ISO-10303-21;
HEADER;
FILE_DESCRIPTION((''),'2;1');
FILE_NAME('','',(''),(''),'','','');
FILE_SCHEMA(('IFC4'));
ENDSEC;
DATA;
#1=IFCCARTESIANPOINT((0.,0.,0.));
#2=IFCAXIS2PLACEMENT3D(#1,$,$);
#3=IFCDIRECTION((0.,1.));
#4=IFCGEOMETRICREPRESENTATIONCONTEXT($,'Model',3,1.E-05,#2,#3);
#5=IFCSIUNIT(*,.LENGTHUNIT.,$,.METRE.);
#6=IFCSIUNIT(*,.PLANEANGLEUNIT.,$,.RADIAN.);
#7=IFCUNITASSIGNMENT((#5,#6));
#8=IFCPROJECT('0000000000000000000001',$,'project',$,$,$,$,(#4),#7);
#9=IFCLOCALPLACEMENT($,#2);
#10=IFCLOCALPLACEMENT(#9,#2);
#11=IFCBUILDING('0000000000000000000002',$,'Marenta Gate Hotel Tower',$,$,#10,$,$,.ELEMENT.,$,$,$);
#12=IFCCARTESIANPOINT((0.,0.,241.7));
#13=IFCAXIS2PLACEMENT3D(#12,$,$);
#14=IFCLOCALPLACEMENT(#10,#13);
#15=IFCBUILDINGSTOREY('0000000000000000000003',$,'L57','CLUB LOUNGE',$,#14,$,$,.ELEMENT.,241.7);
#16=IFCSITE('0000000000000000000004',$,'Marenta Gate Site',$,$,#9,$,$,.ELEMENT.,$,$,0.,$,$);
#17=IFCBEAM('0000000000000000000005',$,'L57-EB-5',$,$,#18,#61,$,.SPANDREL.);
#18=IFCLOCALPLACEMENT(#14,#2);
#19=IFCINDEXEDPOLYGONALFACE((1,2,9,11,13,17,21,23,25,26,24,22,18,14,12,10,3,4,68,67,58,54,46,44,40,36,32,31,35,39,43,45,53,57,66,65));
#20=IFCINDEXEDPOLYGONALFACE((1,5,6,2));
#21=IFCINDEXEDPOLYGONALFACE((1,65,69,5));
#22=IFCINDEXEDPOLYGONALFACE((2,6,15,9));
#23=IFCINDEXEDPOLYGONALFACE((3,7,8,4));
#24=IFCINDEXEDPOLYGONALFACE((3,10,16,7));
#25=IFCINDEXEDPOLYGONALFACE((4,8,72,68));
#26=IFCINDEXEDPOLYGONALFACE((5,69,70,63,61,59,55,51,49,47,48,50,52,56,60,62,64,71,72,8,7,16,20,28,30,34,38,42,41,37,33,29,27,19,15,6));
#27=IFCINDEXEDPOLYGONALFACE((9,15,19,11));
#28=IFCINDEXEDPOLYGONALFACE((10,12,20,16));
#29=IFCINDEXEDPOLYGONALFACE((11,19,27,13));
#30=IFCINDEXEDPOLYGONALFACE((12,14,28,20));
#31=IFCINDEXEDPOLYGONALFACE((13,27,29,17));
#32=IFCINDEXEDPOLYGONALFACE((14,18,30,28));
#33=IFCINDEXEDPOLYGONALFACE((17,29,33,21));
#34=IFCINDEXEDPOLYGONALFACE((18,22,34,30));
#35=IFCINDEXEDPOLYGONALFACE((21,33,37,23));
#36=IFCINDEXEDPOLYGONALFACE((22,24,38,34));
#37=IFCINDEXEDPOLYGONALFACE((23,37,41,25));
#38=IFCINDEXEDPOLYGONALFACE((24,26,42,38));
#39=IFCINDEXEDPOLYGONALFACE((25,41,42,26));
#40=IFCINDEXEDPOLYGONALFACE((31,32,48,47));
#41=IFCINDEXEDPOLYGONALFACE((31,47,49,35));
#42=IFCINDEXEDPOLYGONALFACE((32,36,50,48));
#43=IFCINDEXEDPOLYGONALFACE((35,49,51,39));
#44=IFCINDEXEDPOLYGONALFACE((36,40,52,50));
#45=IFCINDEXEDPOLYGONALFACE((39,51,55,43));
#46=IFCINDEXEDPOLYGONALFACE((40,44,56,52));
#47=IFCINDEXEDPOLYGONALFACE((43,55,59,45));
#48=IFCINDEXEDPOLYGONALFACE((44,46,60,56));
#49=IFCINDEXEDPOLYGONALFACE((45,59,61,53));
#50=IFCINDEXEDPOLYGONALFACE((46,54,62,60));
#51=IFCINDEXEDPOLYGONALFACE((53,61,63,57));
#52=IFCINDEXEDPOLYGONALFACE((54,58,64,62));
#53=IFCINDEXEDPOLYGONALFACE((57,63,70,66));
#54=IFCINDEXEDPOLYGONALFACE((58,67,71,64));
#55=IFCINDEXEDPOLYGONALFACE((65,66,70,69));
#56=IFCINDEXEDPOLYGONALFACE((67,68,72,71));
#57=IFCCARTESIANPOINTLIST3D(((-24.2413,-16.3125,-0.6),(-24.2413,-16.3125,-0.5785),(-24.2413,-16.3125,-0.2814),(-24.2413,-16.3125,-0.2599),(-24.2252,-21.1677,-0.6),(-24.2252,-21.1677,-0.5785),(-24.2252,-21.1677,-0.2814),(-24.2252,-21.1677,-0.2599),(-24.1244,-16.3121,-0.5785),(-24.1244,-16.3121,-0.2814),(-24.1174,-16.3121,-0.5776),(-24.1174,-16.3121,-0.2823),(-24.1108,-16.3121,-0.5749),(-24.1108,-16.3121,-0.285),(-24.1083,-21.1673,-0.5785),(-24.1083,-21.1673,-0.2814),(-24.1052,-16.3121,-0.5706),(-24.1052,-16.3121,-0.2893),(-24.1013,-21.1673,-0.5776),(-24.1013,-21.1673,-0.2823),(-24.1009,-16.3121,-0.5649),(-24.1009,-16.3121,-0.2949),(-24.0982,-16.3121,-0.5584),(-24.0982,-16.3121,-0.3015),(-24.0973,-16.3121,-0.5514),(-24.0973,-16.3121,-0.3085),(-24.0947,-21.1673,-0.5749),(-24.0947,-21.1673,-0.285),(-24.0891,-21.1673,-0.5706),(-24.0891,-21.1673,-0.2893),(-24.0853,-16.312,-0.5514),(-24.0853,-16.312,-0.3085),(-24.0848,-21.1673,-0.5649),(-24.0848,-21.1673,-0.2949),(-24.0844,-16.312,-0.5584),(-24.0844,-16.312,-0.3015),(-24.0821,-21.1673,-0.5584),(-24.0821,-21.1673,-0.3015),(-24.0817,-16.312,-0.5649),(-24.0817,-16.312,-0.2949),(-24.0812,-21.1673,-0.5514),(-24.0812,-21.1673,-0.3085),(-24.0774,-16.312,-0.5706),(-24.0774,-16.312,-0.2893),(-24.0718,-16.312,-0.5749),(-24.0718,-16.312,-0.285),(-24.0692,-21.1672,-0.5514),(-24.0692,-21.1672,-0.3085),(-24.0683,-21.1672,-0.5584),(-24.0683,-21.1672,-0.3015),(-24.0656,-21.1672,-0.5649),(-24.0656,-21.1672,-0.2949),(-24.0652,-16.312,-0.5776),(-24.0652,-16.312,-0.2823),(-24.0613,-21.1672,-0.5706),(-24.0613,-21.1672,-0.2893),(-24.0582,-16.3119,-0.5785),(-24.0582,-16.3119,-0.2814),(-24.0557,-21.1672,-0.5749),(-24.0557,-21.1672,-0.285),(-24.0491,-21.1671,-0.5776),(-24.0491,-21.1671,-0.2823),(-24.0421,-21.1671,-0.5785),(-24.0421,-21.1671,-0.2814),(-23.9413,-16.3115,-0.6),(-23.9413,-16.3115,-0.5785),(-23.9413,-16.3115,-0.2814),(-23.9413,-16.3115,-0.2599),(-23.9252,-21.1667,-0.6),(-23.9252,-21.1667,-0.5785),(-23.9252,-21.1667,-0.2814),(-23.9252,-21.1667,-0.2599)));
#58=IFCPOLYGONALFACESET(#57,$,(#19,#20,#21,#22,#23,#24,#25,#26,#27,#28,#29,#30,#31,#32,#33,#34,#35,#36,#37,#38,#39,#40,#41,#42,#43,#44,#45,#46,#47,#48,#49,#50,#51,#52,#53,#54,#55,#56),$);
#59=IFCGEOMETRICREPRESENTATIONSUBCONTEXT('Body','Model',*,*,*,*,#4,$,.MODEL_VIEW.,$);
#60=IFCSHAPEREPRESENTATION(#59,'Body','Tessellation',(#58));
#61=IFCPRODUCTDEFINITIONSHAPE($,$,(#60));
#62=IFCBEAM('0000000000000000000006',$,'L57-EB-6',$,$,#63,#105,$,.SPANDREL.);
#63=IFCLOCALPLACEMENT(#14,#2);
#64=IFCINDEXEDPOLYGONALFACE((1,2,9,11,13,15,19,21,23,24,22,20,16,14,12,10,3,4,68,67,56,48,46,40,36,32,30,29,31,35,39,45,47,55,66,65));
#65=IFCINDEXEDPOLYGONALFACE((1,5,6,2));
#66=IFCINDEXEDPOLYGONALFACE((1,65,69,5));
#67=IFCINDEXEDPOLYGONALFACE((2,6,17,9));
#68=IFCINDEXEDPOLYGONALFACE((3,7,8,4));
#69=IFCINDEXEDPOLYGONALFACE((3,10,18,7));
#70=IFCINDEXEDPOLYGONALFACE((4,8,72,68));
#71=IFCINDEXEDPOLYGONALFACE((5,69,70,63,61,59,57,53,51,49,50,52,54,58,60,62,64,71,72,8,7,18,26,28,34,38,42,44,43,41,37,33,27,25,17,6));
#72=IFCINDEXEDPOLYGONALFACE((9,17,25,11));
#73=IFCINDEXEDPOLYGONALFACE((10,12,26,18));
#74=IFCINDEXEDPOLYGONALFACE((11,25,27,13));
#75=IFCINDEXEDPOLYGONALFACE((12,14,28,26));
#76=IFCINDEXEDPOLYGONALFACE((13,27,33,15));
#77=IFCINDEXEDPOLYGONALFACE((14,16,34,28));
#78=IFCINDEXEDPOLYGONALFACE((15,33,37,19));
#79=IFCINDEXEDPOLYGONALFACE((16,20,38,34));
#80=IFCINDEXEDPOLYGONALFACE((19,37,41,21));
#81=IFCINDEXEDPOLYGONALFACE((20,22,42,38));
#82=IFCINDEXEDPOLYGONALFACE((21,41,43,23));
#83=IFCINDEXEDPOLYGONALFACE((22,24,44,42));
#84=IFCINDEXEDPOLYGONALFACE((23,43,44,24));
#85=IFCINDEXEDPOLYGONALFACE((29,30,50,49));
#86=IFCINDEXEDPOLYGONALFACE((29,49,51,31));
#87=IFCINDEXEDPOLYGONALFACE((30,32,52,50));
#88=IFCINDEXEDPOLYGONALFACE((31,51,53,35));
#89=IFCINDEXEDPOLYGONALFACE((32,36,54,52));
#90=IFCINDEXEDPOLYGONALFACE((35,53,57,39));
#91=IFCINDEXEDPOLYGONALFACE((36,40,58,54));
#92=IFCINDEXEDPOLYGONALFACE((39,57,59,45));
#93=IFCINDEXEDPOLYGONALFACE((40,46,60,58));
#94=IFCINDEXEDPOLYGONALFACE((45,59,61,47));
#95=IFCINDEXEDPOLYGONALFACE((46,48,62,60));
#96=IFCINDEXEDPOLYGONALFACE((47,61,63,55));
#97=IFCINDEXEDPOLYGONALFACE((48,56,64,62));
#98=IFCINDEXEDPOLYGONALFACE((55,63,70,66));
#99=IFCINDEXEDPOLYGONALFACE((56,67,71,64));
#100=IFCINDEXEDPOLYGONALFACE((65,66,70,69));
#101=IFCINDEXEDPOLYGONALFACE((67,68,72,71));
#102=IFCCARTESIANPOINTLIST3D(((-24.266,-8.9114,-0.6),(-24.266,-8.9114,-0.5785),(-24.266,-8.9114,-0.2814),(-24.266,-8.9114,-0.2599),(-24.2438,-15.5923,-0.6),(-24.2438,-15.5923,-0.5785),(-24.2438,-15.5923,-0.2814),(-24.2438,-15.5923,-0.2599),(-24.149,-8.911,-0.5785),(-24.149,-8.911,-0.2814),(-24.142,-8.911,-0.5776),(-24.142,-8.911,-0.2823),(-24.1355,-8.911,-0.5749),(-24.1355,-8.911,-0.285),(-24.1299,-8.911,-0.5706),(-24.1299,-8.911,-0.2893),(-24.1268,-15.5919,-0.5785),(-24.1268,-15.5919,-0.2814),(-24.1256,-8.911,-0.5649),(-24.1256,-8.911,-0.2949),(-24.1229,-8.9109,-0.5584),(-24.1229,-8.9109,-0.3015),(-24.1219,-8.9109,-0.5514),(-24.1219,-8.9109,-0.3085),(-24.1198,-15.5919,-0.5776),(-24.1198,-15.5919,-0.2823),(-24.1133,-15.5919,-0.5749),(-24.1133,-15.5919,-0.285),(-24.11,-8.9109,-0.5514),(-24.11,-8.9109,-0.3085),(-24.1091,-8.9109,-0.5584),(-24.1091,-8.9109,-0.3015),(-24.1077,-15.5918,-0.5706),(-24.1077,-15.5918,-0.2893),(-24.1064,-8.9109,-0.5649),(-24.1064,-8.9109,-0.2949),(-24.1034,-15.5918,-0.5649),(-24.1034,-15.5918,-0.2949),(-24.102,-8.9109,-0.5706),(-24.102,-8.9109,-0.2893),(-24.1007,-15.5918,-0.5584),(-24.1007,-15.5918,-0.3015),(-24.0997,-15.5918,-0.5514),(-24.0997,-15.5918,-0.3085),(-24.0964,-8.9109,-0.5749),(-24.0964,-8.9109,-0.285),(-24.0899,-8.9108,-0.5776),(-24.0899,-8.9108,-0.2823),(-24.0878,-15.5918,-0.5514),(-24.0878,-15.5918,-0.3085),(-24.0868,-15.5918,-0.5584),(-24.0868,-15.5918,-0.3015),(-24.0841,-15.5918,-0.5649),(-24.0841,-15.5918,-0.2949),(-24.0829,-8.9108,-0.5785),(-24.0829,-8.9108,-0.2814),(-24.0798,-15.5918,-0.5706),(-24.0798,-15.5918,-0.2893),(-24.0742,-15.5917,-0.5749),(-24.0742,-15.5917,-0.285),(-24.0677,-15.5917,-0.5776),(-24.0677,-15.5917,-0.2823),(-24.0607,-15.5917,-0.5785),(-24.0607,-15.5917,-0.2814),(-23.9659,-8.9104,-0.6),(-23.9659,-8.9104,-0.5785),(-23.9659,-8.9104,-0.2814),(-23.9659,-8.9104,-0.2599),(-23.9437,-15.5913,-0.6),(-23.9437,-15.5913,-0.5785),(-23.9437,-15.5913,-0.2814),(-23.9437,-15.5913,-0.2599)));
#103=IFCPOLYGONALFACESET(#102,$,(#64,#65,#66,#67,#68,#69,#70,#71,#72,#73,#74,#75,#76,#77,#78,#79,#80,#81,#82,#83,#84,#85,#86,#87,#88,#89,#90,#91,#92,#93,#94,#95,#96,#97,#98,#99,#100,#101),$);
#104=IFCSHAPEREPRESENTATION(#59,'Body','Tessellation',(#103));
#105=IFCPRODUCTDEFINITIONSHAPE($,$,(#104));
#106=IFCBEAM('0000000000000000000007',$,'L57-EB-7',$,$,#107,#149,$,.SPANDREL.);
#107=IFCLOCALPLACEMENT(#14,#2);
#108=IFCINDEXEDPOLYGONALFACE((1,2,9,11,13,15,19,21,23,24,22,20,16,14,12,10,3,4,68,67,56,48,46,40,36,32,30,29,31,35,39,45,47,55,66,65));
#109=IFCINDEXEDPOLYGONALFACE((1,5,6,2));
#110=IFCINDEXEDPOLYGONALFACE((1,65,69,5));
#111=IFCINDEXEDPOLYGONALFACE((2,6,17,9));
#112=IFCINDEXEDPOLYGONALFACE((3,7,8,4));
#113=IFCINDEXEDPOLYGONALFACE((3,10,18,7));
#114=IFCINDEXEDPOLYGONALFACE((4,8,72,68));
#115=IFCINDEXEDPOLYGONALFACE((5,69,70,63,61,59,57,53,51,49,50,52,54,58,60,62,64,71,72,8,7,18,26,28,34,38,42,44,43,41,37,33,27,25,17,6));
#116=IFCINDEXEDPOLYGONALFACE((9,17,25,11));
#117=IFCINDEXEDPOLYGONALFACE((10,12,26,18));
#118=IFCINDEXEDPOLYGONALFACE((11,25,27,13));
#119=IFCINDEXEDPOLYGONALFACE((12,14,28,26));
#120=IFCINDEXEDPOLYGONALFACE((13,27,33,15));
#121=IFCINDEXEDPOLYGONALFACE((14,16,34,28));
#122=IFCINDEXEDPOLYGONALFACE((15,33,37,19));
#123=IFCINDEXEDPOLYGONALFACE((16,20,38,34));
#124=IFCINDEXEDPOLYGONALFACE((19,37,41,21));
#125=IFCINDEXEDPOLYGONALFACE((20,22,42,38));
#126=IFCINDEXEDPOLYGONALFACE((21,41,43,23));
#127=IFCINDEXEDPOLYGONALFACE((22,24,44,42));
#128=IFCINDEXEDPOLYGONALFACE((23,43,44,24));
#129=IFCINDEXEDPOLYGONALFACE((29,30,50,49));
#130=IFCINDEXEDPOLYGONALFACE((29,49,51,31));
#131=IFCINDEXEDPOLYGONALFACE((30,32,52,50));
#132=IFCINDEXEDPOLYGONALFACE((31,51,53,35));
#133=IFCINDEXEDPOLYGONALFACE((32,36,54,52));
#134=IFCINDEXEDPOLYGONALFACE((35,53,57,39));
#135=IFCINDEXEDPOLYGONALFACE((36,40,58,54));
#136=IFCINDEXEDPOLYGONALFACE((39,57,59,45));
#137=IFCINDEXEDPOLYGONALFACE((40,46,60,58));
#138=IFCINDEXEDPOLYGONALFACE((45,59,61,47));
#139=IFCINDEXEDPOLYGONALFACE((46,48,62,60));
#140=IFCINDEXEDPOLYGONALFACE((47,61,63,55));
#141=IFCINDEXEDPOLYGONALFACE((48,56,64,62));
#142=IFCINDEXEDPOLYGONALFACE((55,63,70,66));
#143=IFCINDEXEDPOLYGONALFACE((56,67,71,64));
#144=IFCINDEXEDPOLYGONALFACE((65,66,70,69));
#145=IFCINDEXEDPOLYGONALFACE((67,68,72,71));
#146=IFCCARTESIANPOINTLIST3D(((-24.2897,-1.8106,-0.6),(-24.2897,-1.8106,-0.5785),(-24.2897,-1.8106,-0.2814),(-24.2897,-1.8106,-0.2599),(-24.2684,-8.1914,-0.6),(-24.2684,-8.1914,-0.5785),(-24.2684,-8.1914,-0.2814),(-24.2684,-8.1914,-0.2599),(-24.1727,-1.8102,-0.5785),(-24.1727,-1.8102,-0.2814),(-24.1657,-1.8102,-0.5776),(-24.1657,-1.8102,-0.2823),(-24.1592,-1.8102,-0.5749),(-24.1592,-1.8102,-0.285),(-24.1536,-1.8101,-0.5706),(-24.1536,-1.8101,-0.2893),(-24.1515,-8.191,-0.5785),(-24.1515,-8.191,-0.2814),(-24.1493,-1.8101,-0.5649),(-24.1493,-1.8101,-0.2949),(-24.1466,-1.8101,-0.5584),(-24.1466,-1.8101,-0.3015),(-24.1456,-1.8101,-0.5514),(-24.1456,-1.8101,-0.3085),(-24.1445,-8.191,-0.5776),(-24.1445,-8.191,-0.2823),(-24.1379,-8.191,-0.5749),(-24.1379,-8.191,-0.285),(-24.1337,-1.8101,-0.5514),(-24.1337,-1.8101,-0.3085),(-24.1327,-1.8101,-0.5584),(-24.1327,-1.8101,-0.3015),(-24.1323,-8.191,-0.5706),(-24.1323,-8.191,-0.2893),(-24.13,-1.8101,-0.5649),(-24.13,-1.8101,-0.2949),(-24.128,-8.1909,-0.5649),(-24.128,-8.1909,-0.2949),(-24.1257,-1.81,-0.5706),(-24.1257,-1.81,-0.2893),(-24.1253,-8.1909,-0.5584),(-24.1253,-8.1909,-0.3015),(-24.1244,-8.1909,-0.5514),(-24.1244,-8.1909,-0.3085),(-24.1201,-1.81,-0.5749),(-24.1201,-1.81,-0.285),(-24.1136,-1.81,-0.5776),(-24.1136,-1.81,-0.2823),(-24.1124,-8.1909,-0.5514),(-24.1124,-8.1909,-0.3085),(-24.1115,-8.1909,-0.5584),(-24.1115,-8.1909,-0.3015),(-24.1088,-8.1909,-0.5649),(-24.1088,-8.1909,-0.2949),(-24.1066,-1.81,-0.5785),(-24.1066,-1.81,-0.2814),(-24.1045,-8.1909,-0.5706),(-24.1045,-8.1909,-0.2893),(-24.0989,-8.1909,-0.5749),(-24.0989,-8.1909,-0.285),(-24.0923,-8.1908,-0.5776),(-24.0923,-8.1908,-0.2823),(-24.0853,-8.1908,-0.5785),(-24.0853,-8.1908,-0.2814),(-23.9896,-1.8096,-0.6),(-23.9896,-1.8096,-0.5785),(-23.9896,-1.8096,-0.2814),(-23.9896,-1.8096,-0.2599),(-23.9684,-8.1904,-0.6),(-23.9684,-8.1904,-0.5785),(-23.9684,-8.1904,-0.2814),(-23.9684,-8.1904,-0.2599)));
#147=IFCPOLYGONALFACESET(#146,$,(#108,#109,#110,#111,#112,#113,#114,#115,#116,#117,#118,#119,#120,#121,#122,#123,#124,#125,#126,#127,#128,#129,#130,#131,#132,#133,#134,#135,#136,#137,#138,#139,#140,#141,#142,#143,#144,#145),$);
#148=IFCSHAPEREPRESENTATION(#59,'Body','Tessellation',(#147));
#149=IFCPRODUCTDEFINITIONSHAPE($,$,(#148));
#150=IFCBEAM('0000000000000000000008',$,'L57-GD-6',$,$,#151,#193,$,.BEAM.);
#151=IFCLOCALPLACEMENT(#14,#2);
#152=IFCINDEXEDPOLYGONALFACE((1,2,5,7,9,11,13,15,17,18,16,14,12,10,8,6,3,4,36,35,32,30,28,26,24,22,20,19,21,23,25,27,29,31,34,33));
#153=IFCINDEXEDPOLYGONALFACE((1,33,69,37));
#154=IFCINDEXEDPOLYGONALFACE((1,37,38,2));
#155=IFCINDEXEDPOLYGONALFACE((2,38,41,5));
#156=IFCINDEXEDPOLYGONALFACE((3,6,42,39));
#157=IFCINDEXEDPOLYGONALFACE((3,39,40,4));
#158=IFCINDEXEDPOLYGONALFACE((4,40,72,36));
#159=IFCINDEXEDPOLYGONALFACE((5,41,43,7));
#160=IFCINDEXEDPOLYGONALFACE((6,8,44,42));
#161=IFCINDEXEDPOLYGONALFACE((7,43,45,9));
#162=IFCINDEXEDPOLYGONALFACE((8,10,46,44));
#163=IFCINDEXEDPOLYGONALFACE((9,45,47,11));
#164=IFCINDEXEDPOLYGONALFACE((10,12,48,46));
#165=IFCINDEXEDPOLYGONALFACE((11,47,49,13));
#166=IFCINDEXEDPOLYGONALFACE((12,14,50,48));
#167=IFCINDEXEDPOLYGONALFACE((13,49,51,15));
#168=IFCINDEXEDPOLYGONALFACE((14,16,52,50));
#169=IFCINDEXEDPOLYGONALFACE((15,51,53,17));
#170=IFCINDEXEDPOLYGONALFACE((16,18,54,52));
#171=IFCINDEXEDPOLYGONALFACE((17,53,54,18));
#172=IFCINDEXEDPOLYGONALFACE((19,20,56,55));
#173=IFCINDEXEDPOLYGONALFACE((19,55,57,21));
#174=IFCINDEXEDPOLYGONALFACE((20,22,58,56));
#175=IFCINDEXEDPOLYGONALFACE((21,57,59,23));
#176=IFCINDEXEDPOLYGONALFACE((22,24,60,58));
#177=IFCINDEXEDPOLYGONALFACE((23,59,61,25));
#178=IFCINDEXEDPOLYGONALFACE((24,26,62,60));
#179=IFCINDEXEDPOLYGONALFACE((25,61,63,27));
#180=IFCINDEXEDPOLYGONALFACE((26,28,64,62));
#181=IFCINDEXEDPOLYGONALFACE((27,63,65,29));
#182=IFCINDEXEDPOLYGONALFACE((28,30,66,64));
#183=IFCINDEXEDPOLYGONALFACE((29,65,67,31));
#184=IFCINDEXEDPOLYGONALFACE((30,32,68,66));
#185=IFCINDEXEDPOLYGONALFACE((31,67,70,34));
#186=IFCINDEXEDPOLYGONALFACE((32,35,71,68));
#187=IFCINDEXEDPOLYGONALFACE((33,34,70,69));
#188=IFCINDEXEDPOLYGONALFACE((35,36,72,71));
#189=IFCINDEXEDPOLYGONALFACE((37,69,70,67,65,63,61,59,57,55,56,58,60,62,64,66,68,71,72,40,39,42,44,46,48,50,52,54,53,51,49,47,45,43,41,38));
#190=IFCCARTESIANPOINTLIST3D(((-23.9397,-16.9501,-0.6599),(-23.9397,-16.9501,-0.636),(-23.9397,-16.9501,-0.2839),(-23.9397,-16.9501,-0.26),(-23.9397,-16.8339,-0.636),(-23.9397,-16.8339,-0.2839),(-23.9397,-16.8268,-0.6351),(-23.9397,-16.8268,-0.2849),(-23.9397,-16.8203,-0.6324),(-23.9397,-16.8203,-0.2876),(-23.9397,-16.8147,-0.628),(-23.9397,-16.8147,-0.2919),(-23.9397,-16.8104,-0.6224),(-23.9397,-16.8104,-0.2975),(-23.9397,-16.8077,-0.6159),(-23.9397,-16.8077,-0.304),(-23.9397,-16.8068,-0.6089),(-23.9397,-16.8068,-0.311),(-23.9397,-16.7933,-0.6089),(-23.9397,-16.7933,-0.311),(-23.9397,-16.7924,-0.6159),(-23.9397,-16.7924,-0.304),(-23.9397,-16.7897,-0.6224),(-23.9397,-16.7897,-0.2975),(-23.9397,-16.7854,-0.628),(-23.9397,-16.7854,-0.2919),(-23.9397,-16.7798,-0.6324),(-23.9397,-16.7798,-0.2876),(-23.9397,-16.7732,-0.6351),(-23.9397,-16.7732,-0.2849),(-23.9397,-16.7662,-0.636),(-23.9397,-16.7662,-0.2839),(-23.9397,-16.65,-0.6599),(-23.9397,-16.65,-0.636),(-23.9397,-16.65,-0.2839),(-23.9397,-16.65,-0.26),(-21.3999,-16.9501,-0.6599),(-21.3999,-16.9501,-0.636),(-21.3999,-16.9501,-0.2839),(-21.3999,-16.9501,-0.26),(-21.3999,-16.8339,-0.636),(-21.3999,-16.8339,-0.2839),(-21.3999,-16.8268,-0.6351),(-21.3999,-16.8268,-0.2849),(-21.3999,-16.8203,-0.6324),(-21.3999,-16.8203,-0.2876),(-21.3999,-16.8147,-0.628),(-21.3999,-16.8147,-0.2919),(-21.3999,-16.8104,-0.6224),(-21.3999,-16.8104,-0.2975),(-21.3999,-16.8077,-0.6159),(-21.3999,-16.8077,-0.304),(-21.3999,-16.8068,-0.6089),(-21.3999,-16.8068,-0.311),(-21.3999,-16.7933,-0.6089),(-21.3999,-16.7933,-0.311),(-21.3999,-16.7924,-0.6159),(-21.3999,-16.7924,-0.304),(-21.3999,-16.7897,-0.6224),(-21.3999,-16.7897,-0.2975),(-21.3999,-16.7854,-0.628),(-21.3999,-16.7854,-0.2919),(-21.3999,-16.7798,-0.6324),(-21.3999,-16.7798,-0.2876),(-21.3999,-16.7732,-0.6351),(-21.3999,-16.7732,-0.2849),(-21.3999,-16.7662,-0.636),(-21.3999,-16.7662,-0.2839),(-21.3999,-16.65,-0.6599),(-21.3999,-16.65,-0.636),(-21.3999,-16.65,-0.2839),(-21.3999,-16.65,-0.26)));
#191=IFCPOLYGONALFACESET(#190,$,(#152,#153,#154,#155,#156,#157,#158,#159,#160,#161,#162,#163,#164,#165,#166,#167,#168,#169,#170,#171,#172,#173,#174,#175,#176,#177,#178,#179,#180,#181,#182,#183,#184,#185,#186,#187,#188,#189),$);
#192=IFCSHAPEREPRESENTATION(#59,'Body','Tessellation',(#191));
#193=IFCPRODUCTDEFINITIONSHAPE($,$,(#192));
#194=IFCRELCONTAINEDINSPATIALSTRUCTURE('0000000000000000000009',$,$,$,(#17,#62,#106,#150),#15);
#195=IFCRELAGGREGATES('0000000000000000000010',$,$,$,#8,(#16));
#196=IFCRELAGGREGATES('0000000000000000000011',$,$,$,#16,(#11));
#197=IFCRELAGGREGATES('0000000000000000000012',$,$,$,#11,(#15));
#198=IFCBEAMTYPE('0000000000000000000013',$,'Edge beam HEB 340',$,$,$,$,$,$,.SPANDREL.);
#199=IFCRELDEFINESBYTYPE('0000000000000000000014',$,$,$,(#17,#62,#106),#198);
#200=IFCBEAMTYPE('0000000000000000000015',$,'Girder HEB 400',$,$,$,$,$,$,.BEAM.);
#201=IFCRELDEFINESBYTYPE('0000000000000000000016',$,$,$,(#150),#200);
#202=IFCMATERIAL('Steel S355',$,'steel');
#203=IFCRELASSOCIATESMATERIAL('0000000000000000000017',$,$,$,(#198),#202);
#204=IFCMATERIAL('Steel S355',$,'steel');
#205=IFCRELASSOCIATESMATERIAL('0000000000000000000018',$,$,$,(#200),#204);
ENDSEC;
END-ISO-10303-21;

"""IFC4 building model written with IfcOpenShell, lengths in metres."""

from ifc_helpers import new_model, si_unit, direction, frame, origin, origin_2d, place, context, subcontext, project, spatial, i_section, extrude, material, material_profile, profile_set, type_object, element, save


model = new_model("IFC4")

# Units and contexts
model_context = context("Model", 3, precision=1e-05, world=origin(), true_north=direction((0.0, 1.0)))
body_context = subcontext(model_context, "Body", "Model", "MODEL_VIEW")
ifc_project = project(units=[si_unit("LENGTHUNIT", "METRE"), si_unit("PLANEANGLEUNIT", "RADIAN")], contexts=[model_context])

# Site, building, storey
site_placement = place(None, origin())
site = spatial("IfcSite", under=ifc_project, at=site_placement, Name="Marenta Gate Site", CompositionType="ELEMENT", RefElevation=0.0)
building_placement = place(site_placement, origin())
building = spatial("IfcBuilding", under=site, at=building_placement, Name="Marenta Gate Hotel Tower", CompositionType="ELEMENT")
storey_placement = place(building_placement, frame((0.0, 0.0, 241.7)))
storey = spatial("IfcBuildingStorey", under=building, at=storey_placement, Name="L57", Description="CLUB LOUNGE", CompositionType="ELEMENT", Elevation=241.7)

# Beams
ifc_material_1 = material(Name="Steel S355", Category="steel")
ifc_material_profile_1 = material_profile(ifc_material_1, i_section(OverallWidth=0.3, OverallDepth=0.3401, WebThickness=0.012, FlangeThickness=0.0215, FilletRadius=0.0271, at=origin_2d()), Name="HEB 340")
ifc_profile_set_1 = profile_set([ifc_material_profile_1], Name="Steel S355")
beam_type_1 = type_object("IfcBeamType", Name="Edge beam HEB 340", PredefinedType="SPANDREL", material=ifc_profile_set_1)
beam_1_placement = place(storey_placement, frame((-24.0752, -21.1672, -0.4299), z_axis=(-0.003319, 0.999994, 0.0), x_axis=(-0.999994, -0.003319, 0.0)))
element("IfcBeam", 1, at=beam_1_placement, inside=storey, type_object=beam_type_1, Name="L57-EB-5", PredefinedType="SPANDREL", context=body_context, shape_type="SweptSolid", body=[
    extrude(i_section(OverallWidth=0.3, OverallDepth=0.3401, WebThickness=0.012, FlangeThickness=0.0215, FilletRadius=0.0271, at=origin_2d()), origin(), (0.0, 0.0, 1.0), 4.8552),
])
beam_2_placement = place(storey_placement, frame((-24.0938, -15.5918, -0.4299), z_axis=(-0.003325, 0.999994, 0.0), x_axis=(-0.999994, -0.003325, 0.0)))
element("IfcBeam", 2, at=beam_2_placement, inside=storey, type_object=beam_type_1, Name="L57-EB-6", PredefinedType="SPANDREL", context=body_context, shape_type="SweptSolid", body=[
    extrude(i_section(OverallWidth=0.3, OverallDepth=0.3401, WebThickness=0.012, FlangeThickness=0.0215, FilletRadius=0.0271, at=origin_2d()), origin(), (0.0, 0.0, 1.0), 6.6809),
])
beam_3_placement = place(storey_placement, frame((-24.1184, -8.1909, -0.4299), z_axis=(-0.003329, 0.999994, 0.0), x_axis=(-0.999994, -0.003329, 0.0)))
element("IfcBeam", 3, at=beam_3_placement, inside=storey, type_object=beam_type_1, Name="L57-EB-7", PredefinedType="SPANDREL", context=body_context, shape_type="SweptSolid", body=[
    extrude(i_section(OverallWidth=0.3, OverallDepth=0.3401, WebThickness=0.012, FlangeThickness=0.0215, FilletRadius=0.0271, at=origin_2d()), origin(), (0.0, 0.0, 1.0), 6.3809),
])
ifc_material_2 = material(Name="Steel S355", Category="steel")
ifc_material_profile_2 = material_profile(ifc_material_2, i_section(OverallWidth=0.3, OverallDepth=0.3999, WebThickness=0.0134, FlangeThickness=0.0239, FilletRadius=0.0271, at=origin_2d()), Name="HEB 400")
ifc_profile_set_2 = profile_set([ifc_material_profile_2], Name="Steel S355")
beam_type_2 = type_object("IfcBeamType", Name="Girder HEB 400", PredefinedType="BEAM", material=ifc_profile_set_2)
beam_4_placement = place(storey_placement, frame((-23.9397, -16.8, -0.46), z_axis=(1.0, 0.0, 0.0), x_axis=(0.0, 1.0, 0.0)))
element("IfcBeam", 4, at=beam_4_placement, inside=storey, type_object=beam_type_2, Name="L57-GD-6", PredefinedType="BEAM", context=body_context, shape_type="SweptSolid", body=[
    extrude(i_section(OverallWidth=0.3, OverallDepth=0.3999, WebThickness=0.0134, FlangeThickness=0.0239, FilletRadius=0.0271, at=origin_2d()), origin(), (0.0, 0.0, 1.0), 2.5398),
])

save(model, "model.ifc")
